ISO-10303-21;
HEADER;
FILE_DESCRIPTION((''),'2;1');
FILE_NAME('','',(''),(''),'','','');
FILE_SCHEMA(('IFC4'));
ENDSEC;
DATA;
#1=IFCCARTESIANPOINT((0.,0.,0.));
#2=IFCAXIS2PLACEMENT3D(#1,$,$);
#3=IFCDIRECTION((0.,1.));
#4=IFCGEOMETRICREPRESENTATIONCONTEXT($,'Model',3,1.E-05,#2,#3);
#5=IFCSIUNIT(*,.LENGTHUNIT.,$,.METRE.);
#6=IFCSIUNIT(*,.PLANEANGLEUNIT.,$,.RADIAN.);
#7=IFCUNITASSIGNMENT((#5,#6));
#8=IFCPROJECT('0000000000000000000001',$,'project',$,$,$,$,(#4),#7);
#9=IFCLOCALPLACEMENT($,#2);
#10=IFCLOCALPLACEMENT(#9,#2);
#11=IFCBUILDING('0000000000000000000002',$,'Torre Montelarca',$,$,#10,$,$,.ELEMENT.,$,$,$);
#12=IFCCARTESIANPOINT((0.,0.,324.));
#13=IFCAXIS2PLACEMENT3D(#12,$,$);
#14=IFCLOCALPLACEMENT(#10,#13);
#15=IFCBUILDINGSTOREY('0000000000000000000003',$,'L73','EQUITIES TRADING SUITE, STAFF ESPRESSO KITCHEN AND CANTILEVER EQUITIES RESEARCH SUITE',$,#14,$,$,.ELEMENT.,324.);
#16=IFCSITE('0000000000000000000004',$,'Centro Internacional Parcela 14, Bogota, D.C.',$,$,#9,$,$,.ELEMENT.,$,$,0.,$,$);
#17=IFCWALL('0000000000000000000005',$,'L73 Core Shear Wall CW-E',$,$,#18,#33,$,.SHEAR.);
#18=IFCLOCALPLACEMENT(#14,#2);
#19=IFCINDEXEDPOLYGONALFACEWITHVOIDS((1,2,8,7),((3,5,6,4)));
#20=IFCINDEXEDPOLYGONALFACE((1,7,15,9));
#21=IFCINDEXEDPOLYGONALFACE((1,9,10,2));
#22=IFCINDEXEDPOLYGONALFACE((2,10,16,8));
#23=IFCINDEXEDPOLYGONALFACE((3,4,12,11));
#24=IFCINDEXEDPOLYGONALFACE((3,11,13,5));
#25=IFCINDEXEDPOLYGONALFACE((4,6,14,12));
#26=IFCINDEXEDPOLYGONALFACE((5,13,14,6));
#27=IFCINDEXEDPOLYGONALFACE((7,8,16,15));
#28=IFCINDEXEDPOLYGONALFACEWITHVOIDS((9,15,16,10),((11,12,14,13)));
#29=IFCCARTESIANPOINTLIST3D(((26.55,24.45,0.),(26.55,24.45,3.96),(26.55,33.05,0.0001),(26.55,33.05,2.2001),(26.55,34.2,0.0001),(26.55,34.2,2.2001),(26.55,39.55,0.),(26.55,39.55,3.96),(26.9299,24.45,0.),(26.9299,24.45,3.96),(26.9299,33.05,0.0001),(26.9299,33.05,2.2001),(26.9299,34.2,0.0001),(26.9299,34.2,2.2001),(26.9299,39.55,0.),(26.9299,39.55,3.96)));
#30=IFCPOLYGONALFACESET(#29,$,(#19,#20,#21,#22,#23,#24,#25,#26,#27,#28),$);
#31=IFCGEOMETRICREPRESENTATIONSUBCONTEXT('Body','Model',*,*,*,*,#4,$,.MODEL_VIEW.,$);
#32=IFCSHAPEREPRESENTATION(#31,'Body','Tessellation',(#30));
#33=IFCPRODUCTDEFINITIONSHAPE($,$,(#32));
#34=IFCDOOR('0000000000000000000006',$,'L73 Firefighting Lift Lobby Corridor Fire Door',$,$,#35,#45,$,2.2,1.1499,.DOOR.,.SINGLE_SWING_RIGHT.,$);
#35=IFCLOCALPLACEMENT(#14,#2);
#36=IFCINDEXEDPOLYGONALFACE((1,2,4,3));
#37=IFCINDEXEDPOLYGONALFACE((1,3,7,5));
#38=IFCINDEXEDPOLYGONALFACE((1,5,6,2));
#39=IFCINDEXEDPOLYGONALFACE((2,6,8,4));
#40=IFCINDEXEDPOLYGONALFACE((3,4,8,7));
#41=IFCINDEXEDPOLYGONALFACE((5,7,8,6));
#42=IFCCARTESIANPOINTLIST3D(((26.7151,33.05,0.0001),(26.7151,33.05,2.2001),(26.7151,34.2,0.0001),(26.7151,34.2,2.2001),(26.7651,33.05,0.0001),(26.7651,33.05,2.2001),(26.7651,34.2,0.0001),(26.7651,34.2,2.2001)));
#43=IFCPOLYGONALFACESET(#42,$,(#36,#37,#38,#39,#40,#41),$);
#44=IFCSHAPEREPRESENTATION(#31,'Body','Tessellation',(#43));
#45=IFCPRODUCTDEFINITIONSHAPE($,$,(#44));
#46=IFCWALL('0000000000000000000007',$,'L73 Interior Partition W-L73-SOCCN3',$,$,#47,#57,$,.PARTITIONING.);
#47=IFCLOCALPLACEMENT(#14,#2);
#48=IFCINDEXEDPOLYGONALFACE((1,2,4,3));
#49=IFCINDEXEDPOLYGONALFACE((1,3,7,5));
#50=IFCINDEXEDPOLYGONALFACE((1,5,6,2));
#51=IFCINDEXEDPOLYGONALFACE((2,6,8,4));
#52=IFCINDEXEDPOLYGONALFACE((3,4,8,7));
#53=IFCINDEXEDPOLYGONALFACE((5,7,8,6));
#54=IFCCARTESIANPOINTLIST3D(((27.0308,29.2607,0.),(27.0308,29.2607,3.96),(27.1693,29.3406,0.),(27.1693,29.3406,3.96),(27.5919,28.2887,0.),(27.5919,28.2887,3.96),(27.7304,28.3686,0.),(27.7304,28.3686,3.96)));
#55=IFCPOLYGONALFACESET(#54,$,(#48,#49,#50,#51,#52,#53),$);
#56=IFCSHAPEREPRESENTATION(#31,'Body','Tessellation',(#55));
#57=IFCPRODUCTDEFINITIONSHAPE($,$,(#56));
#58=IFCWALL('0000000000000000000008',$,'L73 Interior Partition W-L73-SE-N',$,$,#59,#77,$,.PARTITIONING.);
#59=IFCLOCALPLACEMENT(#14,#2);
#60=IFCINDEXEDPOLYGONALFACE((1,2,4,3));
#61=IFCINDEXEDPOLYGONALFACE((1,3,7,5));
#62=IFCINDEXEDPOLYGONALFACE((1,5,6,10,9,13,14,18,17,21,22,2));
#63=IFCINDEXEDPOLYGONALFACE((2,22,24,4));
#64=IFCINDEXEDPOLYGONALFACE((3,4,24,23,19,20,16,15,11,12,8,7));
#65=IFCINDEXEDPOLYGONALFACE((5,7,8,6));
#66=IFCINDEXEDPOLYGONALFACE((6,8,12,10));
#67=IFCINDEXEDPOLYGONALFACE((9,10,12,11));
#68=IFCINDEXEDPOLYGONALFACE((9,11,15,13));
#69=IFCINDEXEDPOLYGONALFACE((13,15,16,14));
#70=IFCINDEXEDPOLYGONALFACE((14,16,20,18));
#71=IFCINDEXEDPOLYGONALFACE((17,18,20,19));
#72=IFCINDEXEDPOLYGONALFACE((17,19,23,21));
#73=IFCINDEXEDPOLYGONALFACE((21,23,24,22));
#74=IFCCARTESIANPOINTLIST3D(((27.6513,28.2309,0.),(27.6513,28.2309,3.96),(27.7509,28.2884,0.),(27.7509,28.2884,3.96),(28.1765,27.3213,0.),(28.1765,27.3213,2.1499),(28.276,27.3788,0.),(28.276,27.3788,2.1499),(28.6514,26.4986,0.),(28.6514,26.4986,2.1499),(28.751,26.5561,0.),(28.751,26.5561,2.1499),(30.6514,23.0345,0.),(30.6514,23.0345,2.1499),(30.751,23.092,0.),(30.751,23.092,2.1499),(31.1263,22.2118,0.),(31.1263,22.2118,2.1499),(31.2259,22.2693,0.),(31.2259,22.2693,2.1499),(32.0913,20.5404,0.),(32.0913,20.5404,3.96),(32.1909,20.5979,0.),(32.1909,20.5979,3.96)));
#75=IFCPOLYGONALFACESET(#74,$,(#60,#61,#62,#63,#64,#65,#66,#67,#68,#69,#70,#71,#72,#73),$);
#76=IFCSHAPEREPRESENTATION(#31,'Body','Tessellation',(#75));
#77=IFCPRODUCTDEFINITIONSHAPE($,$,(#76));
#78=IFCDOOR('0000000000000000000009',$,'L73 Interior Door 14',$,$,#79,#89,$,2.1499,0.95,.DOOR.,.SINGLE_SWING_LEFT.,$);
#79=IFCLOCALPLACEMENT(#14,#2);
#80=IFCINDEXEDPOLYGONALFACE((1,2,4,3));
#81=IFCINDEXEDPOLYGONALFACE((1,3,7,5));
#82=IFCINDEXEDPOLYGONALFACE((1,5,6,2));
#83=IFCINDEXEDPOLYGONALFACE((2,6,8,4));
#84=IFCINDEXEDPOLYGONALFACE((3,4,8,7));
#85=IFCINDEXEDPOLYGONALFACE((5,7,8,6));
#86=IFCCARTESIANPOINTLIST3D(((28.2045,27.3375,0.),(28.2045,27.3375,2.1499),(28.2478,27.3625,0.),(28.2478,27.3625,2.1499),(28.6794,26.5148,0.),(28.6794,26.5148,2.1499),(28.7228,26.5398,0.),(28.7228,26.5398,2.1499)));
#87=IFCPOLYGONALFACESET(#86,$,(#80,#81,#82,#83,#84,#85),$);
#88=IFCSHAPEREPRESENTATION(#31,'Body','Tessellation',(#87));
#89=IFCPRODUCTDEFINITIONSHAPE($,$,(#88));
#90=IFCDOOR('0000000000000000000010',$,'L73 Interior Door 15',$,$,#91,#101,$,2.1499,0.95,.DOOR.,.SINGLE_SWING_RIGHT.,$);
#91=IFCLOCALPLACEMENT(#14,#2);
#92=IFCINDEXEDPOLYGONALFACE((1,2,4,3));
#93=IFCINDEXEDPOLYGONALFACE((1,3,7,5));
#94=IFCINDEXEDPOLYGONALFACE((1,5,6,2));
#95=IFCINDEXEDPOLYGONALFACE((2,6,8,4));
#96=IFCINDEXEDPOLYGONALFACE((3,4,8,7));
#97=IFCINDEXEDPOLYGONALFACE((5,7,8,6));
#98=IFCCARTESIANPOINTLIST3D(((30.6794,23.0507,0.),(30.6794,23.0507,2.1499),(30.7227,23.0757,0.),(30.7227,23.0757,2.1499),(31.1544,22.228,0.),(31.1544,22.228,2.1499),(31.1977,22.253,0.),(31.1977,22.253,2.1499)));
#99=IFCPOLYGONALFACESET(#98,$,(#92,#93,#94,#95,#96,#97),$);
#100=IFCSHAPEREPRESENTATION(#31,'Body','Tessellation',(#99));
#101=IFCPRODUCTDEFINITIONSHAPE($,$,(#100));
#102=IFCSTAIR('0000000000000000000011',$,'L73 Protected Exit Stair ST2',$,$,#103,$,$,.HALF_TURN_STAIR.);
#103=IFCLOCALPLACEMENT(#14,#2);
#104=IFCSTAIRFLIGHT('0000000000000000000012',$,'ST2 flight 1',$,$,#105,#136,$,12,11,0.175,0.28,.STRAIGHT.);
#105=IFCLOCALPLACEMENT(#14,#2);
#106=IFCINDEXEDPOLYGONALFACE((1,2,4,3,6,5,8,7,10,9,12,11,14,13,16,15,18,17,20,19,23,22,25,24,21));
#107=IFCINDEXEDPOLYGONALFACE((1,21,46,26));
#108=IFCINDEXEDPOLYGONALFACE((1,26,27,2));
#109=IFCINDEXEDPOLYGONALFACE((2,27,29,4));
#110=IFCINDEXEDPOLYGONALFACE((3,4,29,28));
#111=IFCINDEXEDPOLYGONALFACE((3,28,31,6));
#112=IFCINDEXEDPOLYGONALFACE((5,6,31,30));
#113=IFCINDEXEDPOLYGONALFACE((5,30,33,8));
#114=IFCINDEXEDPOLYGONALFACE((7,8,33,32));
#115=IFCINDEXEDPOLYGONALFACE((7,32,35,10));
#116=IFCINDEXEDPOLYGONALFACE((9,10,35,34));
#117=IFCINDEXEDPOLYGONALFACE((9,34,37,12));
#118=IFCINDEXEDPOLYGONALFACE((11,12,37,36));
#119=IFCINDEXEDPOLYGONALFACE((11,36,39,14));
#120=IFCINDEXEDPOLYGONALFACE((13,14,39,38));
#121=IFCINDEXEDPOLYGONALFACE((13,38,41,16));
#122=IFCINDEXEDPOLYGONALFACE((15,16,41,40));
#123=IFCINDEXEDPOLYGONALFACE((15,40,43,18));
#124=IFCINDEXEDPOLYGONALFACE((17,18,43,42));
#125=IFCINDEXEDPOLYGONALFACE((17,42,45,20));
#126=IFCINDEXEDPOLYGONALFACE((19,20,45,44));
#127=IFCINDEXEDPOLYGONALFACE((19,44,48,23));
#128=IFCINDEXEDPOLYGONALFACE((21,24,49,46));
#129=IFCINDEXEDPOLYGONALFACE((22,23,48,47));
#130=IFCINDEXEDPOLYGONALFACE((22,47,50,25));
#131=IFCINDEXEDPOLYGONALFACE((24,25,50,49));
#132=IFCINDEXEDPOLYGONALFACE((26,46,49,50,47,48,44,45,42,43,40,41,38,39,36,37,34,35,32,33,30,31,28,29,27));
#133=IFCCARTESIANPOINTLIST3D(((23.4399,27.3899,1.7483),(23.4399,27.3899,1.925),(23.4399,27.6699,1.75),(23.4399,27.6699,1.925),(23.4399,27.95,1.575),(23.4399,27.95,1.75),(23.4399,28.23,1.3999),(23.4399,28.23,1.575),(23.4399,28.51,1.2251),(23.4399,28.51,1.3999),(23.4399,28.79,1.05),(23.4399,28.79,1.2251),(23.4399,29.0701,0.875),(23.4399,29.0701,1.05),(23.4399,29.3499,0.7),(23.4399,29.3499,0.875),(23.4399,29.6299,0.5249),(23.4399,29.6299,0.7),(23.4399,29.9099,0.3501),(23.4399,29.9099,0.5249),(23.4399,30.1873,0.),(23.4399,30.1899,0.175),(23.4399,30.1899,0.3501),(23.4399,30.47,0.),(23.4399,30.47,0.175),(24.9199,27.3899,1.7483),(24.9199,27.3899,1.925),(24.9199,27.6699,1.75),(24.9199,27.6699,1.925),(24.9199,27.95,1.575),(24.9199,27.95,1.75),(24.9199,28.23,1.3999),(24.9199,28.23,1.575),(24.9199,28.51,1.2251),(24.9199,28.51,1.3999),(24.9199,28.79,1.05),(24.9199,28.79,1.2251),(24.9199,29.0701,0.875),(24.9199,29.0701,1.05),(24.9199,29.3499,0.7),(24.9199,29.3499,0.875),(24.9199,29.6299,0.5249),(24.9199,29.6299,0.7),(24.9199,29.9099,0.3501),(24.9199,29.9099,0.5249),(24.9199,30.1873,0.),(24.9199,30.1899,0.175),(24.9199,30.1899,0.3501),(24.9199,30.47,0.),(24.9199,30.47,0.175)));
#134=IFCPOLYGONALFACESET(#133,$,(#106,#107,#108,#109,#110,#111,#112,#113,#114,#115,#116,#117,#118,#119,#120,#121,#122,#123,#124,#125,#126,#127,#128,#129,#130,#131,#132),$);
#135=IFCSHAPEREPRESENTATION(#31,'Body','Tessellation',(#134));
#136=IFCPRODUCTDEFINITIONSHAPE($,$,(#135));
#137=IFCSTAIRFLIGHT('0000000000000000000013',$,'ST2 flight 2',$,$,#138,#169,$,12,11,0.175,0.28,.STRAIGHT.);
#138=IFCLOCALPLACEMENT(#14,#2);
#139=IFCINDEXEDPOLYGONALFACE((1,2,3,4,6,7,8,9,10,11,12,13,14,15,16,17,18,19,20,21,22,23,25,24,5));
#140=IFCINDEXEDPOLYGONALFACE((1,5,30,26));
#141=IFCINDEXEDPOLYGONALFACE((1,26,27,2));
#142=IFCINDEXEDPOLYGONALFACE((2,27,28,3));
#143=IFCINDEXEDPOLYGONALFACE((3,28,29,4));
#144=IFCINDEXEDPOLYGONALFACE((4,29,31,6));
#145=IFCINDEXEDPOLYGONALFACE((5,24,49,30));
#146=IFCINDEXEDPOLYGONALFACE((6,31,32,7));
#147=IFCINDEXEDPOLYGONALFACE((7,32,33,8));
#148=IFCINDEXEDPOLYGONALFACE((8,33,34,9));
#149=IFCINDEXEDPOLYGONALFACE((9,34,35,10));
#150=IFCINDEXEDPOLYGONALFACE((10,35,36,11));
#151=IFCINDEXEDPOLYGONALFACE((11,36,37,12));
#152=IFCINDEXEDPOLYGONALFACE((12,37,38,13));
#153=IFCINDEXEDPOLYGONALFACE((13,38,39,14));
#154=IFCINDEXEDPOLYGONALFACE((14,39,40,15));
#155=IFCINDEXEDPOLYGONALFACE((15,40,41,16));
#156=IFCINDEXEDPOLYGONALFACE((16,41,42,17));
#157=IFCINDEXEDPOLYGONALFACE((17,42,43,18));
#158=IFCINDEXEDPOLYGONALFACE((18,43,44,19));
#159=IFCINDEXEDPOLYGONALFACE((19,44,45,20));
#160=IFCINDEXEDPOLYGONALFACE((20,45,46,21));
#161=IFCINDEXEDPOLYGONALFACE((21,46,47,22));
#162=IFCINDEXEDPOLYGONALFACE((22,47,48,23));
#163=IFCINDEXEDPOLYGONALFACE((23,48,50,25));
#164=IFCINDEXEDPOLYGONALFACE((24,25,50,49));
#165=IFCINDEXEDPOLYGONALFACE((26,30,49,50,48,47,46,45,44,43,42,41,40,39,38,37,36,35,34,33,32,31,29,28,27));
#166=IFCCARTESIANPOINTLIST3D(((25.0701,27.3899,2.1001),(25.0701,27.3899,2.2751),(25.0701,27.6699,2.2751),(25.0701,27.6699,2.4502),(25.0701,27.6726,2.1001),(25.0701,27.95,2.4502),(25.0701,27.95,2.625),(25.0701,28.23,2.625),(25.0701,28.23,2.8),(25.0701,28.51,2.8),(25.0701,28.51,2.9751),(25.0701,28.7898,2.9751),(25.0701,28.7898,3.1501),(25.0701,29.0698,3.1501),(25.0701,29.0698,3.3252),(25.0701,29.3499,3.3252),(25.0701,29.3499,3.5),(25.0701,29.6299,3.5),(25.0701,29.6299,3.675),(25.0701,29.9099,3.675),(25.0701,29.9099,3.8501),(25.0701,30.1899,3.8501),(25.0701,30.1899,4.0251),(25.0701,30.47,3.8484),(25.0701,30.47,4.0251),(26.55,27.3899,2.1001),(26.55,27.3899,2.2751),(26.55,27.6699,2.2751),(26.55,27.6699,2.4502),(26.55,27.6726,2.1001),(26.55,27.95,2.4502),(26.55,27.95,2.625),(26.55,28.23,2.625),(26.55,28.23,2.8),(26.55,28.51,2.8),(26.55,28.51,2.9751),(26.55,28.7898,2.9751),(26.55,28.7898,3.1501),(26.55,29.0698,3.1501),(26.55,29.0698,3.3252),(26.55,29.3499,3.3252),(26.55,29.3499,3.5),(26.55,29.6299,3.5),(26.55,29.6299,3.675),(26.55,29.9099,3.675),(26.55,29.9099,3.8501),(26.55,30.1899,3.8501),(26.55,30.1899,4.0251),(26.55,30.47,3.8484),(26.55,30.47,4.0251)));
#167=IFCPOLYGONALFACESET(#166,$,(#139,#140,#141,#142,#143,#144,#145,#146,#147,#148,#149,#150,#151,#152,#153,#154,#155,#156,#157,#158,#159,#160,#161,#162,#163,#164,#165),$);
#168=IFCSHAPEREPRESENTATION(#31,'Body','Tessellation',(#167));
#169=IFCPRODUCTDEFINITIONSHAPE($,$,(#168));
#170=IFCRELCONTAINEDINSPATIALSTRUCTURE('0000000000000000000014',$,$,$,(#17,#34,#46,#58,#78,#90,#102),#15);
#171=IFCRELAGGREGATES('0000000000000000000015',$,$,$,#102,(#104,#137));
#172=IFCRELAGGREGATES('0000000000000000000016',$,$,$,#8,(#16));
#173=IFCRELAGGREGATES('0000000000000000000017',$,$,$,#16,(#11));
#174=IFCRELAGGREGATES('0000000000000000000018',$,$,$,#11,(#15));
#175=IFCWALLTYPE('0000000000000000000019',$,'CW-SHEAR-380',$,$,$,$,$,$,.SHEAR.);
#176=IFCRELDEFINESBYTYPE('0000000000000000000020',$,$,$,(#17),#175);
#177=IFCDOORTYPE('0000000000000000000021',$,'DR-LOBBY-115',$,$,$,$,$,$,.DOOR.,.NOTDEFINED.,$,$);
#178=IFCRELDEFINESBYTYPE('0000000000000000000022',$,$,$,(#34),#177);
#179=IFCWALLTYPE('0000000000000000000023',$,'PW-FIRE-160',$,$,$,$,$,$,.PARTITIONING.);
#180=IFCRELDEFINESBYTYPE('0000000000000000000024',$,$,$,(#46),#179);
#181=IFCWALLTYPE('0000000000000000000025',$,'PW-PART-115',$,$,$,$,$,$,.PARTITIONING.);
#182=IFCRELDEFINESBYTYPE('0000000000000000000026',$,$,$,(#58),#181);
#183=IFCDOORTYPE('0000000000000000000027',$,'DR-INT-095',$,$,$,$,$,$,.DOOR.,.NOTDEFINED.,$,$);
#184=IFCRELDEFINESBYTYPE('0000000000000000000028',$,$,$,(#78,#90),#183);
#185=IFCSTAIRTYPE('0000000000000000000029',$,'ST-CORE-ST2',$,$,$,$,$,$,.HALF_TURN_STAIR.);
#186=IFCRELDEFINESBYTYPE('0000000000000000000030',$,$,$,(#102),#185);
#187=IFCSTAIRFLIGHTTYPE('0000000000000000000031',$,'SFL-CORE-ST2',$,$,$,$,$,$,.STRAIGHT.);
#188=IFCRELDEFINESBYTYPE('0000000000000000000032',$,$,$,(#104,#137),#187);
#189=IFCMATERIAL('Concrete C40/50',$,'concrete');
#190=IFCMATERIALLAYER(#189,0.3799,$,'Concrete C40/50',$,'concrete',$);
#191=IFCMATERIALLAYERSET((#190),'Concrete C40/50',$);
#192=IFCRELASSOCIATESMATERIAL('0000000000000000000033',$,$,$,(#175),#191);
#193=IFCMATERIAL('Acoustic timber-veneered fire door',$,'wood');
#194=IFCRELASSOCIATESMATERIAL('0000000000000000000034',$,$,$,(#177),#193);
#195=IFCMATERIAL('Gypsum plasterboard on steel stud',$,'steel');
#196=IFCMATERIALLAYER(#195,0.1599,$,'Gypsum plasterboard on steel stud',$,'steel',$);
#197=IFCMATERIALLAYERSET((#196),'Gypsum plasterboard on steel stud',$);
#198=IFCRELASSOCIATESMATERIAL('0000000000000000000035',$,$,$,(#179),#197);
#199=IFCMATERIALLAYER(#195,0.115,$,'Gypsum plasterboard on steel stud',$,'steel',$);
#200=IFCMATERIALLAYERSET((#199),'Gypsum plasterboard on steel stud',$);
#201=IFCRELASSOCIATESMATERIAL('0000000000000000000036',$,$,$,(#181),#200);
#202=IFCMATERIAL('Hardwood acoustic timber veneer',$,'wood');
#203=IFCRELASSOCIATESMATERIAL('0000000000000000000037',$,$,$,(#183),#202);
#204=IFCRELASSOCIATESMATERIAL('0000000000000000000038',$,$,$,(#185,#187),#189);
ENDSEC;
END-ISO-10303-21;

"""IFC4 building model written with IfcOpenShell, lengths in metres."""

from ifc_helpers import new_model, si_unit, direction, frame, frame_2d, origin, place, context, subcontext, project, spatial, polyline, rectangle, outline, extrude, source, transform, mapped, material, layer, layer_set, type_object, element, fill, aggregate, save


model = new_model("IFC4")

# Units and contexts
model_context = context("Model", 3, precision=1e-05, world=origin(), true_north=direction((0.0, 1.0)))
body_context = subcontext(model_context, "Body", "Model", "MODEL_VIEW")
ifc_project = project(units=[si_unit("LENGTHUNIT", "METRE"), si_unit("PLANEANGLEUNIT", "RADIAN")], contexts=[model_context])

# Site, building, storey
site_placement = place(None, origin())
site = spatial("IfcSite", under=ifc_project, at=site_placement, Name="Centro Internacional Parcela 14, Bogota, D.C.", CompositionType="ELEMENT", RefElevation=0.0)
building_placement = place(site_placement, origin())
building = spatial("IfcBuilding", under=site, at=building_placement, Name="Torre Montelarca", CompositionType="ELEMENT")
storey_placement = place(building_placement, frame((0.0, 0.0, 324.0)))
storey = spatial("IfcBuildingStorey", under=building, at=storey_placement, Name="L73", Description="EQUITIES TRADING SUITE, STAFF ESPRESSO KITCHEN AND CANTILEVER EQUITIES RESEARCH SUITE", CompositionType="ELEMENT", Elevation=324.0)

# Shared definitions
ifc_material_1 = material(Name="Concrete C40/50", Category="concrete")

# Wall, opening, door
ifc_layer_1 = layer(ifc_material_1, 0.3799, Name="Concrete C40/50", Category="concrete")
ifc_layer_set_1 = layer_set([ifc_layer_1], Name="Concrete C40/50")
wall_type_1 = type_object("IfcWallType", Name="CW-SHEAR-380", PredefinedType="SHEAR", material=ifc_layer_set_1)
wall_1_placement = place(storey_placement, frame((26.74, 24.45, 0.0), z_axis=(0.0, 0.0, 1.0), x_axis=(0.0, 1.0, 0.0)))
wall_1 = element("IfcWall", 1, at=wall_1_placement, inside=storey, type_object=wall_type_1, Name="L73 Core Shear Wall CW-E", PredefinedType="SHEAR", context=body_context, shape_type="SweptSolid", body=[
    extrude(rectangle(XDim=15.1001, YDim=0.3799, at=frame_2d((7.55, 0.0))), origin(), (0.0, 0.0, 1.0), 3.96),
])
opening_1_placement = place(wall_1_placement, frame((8.6001, 0.0, 0.0)))
opening_1 = element("IfcOpeningElement", 2, at=opening_1_placement, cuts=wall_1, PredefinedType="OPENING", context=body_context, shape_type="SweptSolid", body=[
    extrude(rectangle(XDim=1.1499, YDim=2.2, at=frame_2d((0.575, 1.1001))), frame((0.0, 0.2, 0.0), z_axis=(0.0, -1.0, 0.0), x_axis=(1.0, 0.0, 0.0)), (0.0, 0.0, 1.0), 0.3999),
])
ifc_material_2 = material(Name="Acoustic timber-veneered fire door", Category="wood")
door_type_1 = type_object("IfcDoorType", Name="DR-LOBBY-115", OperationType="NOTDEFINED", PredefinedType="DOOR", material=ifc_material_2)
shared_shape_1 = source(origin(), body_context, "Body", "SweptSolid", [
    extrude(rectangle(XDim=1.1499, YDim=2.2, at=frame_2d((0.575, 1.1001))), frame((0.0, 0.0249, 0.0), z_axis=(0.0, -1.0, 0.0), x_axis=(1.0, 0.0, 0.0)), (0.0, 0.0, 1.0), 0.05),
])
door_1_placement = place(opening_1_placement, origin())
door_1 = element("IfcDoor", 3, at=door_1_placement, inside=storey, type_object=door_type_1, Name="L73 Firefighting Lift Lobby Corridor Fire Door", OperationType="SINGLE_SWING_RIGHT", OverallHeight=2.2, OverallWidth=1.1499, PredefinedType="DOOR", context=body_context, shape_type="MappedRepresentation", body=[
    mapped(shared_shape_1, transform((0.0, 0.0, 0.0), scale=1.0)),
])
fill(opening_1, door_1)

# Wall
ifc_material_3 = material(Name="Gypsum plasterboard on steel stud", Category="steel")
ifc_layer_2 = layer(ifc_material_3, 0.1599, Name="Gypsum plasterboard on steel stud", Category="steel")
ifc_layer_set_2 = layer_set([ifc_layer_2], Name="Gypsum plasterboard on steel stud")
wall_type_2 = type_object("IfcWallType", Name="PW-FIRE-160", PredefinedType="PARTITIONING", material=ifc_layer_set_2)
wall_2_placement = place(storey_placement, frame((27.1001, 29.3005, 0.0), z_axis=(0.0, 0.0, 1.0), x_axis=(0.49993, -0.866066, 0.0)))
element("IfcWall", 4, at=wall_2_placement, inside=storey, type_object=wall_type_2, Name="L73 Interior Partition W-L73-SOCCN3", PredefinedType="PARTITIONING", context=body_context, shape_type="SweptSolid", body=[
    extrude(rectangle(XDim=1.1223, YDim=0.1599, at=frame_2d((0.561, 0.0))), origin(), (0.0, 0.0, 1.0), 3.96),
])

# Wall, openings, doors
ifc_layer_3 = layer(ifc_material_3, 0.115, Name="Gypsum plasterboard on steel stud", Category="steel")
ifc_layer_set_3 = layer_set([ifc_layer_3], Name="Gypsum plasterboard on steel stud")
wall_type_3 = type_object("IfcWallType", Name="PW-PART-115", PredefinedType="PARTITIONING", material=ifc_layer_set_3)
wall_3_placement = place(storey_placement, frame((27.7012, 28.2595, 0.0), z_axis=(0.0, 0.0, 1.0), x_axis=(0.499989, -0.866032, 0.0)))
wall_3 = element("IfcWall", 5, at=wall_3_placement, inside=storey, type_object=wall_type_3, Name="L73 Interior Partition W-L73-SE-N", PredefinedType="PARTITIONING", context=body_context, shape_type="SweptSolid", body=[
    extrude(rectangle(XDim=8.8801, YDim=0.115, at=frame_2d((4.4399, 0.0))), origin(), (0.0, 0.0, 1.0), 3.96),
])
opening_2_placement = place(wall_3_placement, frame((1.05, 0.0, 0.0)))
opening_2 = element("IfcOpeningElement", 6, at=opening_2_placement, cuts=wall_3, PredefinedType="OPENING", context=body_context, shape_type="SweptSolid", body=[
    extrude(rectangle(XDim=0.95, YDim=2.1499, at=frame_2d((0.4751, 1.075))), frame((0.0, 0.0674, 0.0), z_axis=(0.0, -1.0, 0.0), x_axis=(1.0, 0.0, 0.0)), (0.0, 0.0, 1.0), 0.135),
])
opening_3_placement = place(wall_3_placement, frame((6.0, 0.0, 0.0)))
opening_3 = element("IfcOpeningElement", 7, at=opening_3_placement, cuts=wall_3, PredefinedType="OPENING", context=body_context, shape_type="SweptSolid", body=[
    extrude(rectangle(XDim=0.95, YDim=2.1499, at=frame_2d((0.4751, 1.075))), frame((0.0, 0.0674, 0.0), z_axis=(0.0, -1.0, 0.0), x_axis=(1.0, 0.0, 0.0)), (0.0, 0.0, 1.0), 0.135),
])
ifc_material_4 = material(Name="Hardwood acoustic timber veneer", Category="wood")
door_type_2 = type_object("IfcDoorType", Name="DR-INT-095", OperationType="NOTDEFINED", PredefinedType="DOOR", material=ifc_material_4)
shared_shape_2 = source(origin(), body_context, "Body", "SweptSolid", [
    extrude(rectangle(XDim=0.95, YDim=2.1499, at=frame_2d((0.4751, 1.075))), frame((0.0, 0.0249, 0.0), z_axis=(0.0, -1.0, 0.0), x_axis=(1.0, 0.0, 0.0)), (0.0, 0.0, 1.0), 0.05),
])
door_2_placement = place(opening_2_placement, origin())
door_2 = element("IfcDoor", 8, at=door_2_placement, inside=storey, type_object=door_type_2, Name="L73 Interior Door 14", OperationType="SINGLE_SWING_LEFT", OverallHeight=2.1499, OverallWidth=0.95, PredefinedType="DOOR", context=body_context, shape_type="MappedRepresentation", body=[
    mapped(shared_shape_2, transform((0.0, 0.0, 0.0), scale=1.0)),
])
fill(opening_2, door_2)
door_3_placement = place(opening_3_placement, origin())
door_3 = element("IfcDoor", 9, at=door_3_placement, inside=storey, type_object=door_type_2, Name="L73 Interior Door 15", OperationType="SINGLE_SWING_RIGHT", OverallHeight=2.1499, OverallWidth=0.95, PredefinedType="DOOR", context=body_context, shape_type="MappedRepresentation", body=[
    mapped(shared_shape_2, transform((0.0, 0.0, 0.0), scale=1.0)),
])
fill(opening_3, door_3)

# Stair, stair flights
stair_type = type_object("IfcStairType", Name="ST-CORE-ST2", PredefinedType="HALF_TURN_STAIR", material=ifc_material_1)
stair_placement = place(storey_placement, origin())
stair = element("IfcStair", 10, at=stair_placement, inside=storey, type_object=stair_type, Name="L73 Protected Exit Stair ST2", PredefinedType="HALF_TURN_STAIR")
stair_flight_type = type_object("IfcStairFlightType", Name="SFL-CORE-ST2", PredefinedType="STRAIGHT", material=ifc_material_1)
stair_flight_1_placement = place(storey_placement, frame((24.1799, 30.47, 0.0), z_axis=(0.0, 0.0, 1.0), x_axis=(0.0, -1.0, 0.0)))
stair_flight_1 = element("IfcStairFlight", 11, at=stair_flight_1_placement, type_object=stair_flight_type, Name="ST2 flight 1", NumberOfRisers=12, NumberOfTreads=11, PredefinedType="STRAIGHT", RiserHeight=0.175, TreadLength=0.28, context=body_context, shape_type="SweptSolid", body=[
    extrude(outline(polyline([(0.0, 0.0), (0.0, 0.175), (0.28, 0.175), (0.28, 0.3501), (0.5601, 0.3501), (0.5601, 0.5249), (0.8401, 0.5249), (0.8401, 0.7), (1.1201, 0.7), (1.1201, 0.875), (1.3999, 0.875), (1.3999, 1.05), (1.6799, 1.05), (1.6799, 1.2251), (1.96, 1.2251), (1.96, 1.3999), (2.24, 1.3999), (2.24, 1.575), (2.52, 1.575), (2.52, 1.75), (2.8, 1.75), (2.8, 1.925), (3.0801, 1.925), (3.0801, 2.1001), (3.0801, 1.7483), (0.2827, 0.0), (0.0, 0.0)])), frame((0.0, 0.74, 0.0), z_axis=(0.0, -1.0, 0.0), x_axis=(1.0, 0.0, 0.0)), (0.0, 0.0, 1.0), 1.48),
])
stair_flight_2_placement = place(storey_placement, frame((25.8101, 27.3899, 2.1001), z_axis=(0.0, 0.0, 1.0), x_axis=(0.0, 1.0, 0.0)))
stair_flight_2 = element("IfcStairFlight", 12, at=stair_flight_2_placement, type_object=stair_flight_type, Name="ST2 flight 2", NumberOfRisers=12, NumberOfTreads=11, PredefinedType="STRAIGHT", RiserHeight=0.175, TreadLength=0.28, context=body_context, shape_type="SweptSolid", body=[
    extrude(outline(polyline([(0.0, 0.0), (0.0, 0.175), (0.28, 0.175), (0.28, 0.3501), (0.5601, 0.3501), (0.5601, 0.5249), (0.8401, 0.5249), (0.8401, 0.7), (1.1201, 0.7), (1.1201, 0.875), (1.3999, 0.875), (1.3999, 1.05), (1.6799, 1.05), (1.6799, 1.2251), (1.96, 1.2251), (1.96, 1.3999), (2.24, 1.3999), (2.24, 1.575), (2.52, 1.575), (2.52, 1.75), (2.8, 1.75), (2.8, 1.925), (3.0801, 1.925), (3.0801, 2.1001), (3.0801, 1.7483), (0.2827, 0.0), (0.0, 0.0)])), frame((0.0, 0.74, 0.0), z_axis=(0.0, -1.0, 0.0), x_axis=(1.0, 0.0, 0.0)), (0.0, 0.0, 1.0), 1.48),
])
aggregate(stair, [stair_flight_1, stair_flight_2])

save(model, "model.ifc")
